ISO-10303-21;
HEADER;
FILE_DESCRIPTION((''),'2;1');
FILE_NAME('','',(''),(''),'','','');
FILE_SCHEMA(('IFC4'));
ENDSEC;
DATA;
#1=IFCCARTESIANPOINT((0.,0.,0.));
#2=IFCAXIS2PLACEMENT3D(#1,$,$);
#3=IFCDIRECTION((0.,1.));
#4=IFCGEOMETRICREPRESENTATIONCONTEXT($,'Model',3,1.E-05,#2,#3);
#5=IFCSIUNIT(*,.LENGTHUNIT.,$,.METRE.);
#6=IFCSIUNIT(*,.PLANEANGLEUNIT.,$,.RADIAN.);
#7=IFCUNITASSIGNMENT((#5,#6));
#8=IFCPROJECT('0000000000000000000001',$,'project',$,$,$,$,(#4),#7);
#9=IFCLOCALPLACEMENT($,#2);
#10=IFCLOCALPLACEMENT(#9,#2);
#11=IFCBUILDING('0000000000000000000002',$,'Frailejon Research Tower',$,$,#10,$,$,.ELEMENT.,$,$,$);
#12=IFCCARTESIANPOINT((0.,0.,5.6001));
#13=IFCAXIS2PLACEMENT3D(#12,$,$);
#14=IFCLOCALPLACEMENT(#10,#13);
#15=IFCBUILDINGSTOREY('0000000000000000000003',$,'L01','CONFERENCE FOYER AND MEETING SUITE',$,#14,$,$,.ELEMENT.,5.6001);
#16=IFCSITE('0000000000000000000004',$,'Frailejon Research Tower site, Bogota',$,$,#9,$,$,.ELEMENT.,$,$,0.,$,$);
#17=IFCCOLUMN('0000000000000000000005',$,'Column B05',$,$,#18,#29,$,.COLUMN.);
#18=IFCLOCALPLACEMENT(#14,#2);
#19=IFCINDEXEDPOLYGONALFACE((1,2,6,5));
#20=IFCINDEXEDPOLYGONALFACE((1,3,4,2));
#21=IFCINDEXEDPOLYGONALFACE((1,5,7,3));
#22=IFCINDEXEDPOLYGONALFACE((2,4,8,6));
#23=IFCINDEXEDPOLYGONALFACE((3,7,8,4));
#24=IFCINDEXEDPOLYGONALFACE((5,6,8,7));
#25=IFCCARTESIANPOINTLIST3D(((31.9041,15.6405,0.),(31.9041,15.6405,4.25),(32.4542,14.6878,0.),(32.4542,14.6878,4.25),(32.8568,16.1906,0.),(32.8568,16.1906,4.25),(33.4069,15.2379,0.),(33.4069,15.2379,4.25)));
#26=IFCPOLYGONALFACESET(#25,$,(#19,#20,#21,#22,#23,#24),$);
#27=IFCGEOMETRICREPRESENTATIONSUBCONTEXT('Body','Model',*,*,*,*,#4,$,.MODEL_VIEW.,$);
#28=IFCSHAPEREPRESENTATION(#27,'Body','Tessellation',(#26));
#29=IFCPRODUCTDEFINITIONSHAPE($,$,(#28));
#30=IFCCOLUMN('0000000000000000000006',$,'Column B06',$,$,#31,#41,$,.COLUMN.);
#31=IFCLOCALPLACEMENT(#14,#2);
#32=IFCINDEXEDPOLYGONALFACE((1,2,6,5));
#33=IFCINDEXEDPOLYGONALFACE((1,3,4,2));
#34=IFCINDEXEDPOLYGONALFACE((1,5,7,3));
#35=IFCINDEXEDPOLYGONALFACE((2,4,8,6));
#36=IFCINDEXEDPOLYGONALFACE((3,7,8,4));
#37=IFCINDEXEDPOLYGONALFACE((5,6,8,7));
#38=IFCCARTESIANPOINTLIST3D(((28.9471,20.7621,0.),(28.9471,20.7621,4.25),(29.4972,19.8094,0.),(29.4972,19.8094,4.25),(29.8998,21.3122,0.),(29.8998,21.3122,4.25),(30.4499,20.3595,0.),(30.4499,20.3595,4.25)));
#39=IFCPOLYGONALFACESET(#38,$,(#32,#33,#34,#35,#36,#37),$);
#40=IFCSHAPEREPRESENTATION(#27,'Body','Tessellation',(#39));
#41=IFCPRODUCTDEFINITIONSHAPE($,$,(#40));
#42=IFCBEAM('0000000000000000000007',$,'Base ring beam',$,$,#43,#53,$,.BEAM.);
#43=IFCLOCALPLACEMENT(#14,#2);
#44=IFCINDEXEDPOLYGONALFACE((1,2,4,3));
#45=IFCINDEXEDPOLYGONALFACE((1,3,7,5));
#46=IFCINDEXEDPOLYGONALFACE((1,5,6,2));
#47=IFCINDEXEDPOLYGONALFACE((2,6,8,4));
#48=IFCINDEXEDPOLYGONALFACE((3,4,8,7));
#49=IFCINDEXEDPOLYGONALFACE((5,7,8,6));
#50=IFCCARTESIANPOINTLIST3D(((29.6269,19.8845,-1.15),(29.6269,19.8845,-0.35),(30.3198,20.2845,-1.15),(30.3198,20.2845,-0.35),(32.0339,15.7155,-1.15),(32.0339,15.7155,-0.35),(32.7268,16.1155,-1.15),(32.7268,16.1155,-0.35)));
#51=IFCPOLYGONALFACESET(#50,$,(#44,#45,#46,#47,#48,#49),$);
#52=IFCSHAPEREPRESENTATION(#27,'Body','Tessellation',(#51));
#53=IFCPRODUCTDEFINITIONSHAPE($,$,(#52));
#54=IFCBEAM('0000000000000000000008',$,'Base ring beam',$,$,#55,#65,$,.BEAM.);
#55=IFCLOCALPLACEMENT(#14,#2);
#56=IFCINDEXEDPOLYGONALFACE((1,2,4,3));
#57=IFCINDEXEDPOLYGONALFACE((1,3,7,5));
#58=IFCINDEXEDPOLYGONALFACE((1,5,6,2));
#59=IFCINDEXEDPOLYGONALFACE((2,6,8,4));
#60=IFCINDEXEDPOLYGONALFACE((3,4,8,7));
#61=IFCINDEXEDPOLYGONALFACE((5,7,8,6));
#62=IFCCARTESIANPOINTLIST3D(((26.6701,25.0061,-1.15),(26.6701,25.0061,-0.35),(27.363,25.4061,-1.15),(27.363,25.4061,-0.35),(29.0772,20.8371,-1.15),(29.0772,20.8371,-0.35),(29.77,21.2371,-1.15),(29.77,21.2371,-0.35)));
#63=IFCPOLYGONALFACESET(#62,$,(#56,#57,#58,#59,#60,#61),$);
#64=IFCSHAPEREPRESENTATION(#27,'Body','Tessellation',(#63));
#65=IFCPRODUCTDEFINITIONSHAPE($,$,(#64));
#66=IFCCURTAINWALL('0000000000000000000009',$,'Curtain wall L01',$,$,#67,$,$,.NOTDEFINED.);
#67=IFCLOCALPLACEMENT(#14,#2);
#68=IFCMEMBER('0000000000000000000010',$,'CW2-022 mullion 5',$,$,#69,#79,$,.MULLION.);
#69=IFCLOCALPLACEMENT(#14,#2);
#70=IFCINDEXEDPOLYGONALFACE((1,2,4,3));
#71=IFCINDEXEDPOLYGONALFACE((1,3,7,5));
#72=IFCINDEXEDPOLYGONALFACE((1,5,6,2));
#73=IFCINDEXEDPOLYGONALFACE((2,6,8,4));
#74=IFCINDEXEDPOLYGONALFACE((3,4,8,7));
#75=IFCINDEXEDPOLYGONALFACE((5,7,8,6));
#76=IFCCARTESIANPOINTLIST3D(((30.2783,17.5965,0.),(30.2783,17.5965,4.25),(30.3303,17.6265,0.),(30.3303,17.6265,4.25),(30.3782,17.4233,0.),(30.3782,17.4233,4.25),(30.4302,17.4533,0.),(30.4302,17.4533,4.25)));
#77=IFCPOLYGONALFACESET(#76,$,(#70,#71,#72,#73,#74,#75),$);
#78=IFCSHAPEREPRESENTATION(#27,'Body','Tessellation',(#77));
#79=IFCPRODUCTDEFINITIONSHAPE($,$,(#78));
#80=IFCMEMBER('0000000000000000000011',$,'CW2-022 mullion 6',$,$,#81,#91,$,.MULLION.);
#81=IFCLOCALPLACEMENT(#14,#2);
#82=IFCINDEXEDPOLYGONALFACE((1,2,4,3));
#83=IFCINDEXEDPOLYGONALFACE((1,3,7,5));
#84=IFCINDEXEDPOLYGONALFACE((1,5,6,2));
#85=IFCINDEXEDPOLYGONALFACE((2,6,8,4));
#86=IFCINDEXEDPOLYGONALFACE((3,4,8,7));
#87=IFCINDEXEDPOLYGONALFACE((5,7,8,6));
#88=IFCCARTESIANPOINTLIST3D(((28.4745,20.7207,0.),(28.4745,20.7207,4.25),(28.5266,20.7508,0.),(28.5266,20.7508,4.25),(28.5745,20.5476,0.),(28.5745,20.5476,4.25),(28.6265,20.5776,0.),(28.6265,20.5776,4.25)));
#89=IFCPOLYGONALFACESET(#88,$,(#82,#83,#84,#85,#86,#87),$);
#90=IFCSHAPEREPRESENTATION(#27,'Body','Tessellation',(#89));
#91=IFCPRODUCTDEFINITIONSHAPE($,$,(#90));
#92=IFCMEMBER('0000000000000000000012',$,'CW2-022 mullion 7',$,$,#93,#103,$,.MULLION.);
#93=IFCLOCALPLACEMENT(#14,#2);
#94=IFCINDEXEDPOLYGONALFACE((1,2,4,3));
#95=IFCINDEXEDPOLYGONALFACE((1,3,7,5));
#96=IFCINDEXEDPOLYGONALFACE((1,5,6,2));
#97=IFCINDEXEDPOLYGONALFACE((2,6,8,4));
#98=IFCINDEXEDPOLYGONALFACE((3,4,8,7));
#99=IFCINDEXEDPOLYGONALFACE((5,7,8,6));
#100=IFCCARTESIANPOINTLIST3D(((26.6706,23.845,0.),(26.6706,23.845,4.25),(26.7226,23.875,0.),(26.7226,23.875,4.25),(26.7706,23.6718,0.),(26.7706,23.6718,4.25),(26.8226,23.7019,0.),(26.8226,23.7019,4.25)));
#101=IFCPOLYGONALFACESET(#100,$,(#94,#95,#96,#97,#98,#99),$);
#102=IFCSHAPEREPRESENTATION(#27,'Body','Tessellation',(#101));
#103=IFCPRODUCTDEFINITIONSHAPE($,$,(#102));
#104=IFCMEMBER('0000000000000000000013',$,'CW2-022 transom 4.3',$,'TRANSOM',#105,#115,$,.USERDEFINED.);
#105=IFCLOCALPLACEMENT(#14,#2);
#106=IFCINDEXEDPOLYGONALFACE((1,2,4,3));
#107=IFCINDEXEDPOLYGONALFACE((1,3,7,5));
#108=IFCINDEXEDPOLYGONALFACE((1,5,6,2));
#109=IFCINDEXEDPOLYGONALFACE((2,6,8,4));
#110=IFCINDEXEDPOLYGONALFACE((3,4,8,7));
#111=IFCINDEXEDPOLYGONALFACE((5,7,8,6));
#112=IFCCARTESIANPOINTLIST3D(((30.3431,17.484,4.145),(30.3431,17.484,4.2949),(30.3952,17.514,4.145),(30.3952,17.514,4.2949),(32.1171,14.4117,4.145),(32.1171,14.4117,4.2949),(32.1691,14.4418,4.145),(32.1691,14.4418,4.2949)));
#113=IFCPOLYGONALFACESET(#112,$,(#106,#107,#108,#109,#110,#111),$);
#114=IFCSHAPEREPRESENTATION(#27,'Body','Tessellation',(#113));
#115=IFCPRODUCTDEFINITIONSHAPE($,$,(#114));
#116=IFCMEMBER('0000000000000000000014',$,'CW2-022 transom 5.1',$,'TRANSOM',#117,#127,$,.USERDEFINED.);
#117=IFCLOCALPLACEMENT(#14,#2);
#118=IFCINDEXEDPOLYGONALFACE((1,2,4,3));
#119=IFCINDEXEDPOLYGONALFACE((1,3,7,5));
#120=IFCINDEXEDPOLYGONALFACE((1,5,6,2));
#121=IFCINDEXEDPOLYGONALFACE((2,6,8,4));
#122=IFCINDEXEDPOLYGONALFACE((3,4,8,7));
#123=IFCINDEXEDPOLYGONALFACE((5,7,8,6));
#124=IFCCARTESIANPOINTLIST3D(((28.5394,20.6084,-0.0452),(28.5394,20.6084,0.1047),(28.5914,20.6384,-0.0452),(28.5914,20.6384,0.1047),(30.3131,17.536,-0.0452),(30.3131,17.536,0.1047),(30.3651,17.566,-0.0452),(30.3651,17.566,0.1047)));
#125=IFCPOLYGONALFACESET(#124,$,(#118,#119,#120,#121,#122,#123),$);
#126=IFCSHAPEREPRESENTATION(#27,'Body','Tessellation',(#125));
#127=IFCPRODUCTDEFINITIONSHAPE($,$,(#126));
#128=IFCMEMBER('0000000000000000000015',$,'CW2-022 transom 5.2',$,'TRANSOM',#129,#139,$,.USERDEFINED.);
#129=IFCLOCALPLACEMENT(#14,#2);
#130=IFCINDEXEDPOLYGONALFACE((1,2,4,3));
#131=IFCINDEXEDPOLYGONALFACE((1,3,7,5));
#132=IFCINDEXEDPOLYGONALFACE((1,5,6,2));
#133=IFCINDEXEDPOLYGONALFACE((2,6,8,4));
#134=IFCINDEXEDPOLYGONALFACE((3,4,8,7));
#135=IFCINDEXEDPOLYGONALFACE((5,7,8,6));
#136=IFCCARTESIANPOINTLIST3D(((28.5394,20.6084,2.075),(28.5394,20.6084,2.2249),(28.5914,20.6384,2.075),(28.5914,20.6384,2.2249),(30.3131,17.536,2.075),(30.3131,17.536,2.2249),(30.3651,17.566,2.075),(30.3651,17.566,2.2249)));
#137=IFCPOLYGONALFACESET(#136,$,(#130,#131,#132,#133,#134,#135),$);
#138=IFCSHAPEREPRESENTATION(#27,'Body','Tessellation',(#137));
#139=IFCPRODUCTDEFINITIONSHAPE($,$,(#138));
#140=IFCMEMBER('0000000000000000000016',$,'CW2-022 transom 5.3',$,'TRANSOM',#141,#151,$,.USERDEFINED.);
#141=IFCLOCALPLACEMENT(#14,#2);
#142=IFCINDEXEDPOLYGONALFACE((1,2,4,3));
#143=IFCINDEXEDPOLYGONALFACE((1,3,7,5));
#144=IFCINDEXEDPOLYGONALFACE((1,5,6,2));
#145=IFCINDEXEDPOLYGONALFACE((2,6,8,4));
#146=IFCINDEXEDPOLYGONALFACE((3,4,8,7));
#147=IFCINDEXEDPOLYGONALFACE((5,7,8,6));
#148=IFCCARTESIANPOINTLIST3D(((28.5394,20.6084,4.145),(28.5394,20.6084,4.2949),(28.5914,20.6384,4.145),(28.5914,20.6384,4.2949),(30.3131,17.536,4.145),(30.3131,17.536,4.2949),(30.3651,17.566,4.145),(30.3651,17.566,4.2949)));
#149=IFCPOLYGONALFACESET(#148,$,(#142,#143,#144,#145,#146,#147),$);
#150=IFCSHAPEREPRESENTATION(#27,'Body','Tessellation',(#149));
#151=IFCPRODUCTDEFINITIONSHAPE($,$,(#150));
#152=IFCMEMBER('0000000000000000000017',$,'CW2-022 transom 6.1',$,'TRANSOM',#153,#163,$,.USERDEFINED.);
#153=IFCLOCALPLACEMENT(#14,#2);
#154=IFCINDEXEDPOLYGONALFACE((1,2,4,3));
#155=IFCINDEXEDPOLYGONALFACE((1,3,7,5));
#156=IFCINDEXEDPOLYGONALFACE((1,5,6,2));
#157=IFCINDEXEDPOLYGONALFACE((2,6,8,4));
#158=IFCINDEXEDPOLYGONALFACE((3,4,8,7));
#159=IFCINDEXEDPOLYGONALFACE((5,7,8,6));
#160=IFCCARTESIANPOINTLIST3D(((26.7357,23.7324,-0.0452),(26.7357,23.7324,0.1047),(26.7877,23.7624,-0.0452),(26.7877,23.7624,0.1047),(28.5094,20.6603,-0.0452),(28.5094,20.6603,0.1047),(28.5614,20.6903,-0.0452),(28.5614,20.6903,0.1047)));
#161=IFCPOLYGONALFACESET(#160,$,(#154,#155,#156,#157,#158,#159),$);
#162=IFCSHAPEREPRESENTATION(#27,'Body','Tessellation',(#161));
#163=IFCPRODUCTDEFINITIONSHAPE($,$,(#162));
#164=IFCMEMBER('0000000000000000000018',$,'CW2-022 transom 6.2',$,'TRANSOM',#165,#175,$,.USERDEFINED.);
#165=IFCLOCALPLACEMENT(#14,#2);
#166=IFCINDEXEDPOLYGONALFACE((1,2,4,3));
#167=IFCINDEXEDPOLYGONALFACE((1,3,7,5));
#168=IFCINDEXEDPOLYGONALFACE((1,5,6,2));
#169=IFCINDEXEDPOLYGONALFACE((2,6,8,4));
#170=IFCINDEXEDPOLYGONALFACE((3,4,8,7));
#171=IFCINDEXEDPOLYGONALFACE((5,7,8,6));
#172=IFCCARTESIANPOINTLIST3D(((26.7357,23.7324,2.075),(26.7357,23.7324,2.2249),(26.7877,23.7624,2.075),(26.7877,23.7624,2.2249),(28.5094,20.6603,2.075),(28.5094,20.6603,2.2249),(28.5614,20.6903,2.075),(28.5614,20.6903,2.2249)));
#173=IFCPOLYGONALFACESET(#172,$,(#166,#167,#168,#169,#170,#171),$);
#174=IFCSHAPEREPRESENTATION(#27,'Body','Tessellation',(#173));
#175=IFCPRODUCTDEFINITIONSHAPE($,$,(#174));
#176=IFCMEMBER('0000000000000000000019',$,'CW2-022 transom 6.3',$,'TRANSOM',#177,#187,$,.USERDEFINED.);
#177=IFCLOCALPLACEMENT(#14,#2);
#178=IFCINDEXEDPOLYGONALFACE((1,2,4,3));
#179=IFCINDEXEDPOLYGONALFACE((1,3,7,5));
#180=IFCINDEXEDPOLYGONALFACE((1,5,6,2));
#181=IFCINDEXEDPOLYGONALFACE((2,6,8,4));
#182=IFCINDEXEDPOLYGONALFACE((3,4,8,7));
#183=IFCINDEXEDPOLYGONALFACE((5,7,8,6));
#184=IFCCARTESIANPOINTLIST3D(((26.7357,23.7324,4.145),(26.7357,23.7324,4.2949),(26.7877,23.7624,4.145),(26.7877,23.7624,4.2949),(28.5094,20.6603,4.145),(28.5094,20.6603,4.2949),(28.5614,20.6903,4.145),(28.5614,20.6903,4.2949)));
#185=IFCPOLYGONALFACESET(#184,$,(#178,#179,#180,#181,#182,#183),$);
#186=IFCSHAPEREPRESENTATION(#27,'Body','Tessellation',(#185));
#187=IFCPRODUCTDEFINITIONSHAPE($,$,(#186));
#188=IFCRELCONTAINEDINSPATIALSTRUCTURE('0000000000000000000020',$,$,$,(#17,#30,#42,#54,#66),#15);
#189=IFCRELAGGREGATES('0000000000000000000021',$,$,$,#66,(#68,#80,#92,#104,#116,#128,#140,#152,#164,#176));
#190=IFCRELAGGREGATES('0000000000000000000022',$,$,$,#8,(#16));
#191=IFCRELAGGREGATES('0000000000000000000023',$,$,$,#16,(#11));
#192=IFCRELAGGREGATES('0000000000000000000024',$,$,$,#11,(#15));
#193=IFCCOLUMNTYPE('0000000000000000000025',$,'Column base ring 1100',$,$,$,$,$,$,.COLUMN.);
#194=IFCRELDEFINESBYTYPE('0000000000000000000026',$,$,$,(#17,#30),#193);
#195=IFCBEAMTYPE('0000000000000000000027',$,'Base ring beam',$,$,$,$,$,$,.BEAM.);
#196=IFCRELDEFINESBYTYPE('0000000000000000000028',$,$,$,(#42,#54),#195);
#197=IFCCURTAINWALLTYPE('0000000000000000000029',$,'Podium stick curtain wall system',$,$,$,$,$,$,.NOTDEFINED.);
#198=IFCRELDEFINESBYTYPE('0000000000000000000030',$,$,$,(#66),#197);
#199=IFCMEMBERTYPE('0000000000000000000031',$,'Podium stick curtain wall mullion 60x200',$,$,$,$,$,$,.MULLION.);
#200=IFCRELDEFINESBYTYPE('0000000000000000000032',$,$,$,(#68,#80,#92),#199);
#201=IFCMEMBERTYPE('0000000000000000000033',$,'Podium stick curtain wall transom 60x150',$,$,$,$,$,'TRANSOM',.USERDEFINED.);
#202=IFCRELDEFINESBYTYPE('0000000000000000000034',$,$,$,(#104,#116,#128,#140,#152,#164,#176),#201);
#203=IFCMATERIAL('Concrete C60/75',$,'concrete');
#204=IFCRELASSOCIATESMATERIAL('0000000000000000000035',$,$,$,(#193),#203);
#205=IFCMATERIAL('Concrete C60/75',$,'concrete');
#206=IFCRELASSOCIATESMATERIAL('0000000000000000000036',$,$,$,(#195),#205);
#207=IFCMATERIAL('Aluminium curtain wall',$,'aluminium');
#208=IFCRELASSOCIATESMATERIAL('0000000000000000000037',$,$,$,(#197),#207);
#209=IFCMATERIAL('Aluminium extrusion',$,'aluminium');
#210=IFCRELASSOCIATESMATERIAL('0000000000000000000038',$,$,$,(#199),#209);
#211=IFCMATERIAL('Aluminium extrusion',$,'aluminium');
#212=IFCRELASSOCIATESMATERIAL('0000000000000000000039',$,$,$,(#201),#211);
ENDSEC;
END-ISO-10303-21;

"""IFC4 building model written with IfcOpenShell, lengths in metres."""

from ifc_helpers import new_model, si_unit, direction, frame, origin, origin_2d, place, context, subcontext, project, spatial, rectangle, extrude, material, material_profile, profile_set, type_object, element, aggregate, save


model = new_model("IFC4")

# Units and contexts
model_context = context("Model", 3, precision=1e-05, world=origin(), true_north=direction((0.0, 1.0)))
body_context = subcontext(model_context, "Body", "Model", "MODEL_VIEW")
ifc_project = project(units=[si_unit("LENGTHUNIT", "METRE"), si_unit("PLANEANGLEUNIT", "RADIAN")], contexts=[model_context])

# Site, building, storey
site_placement = place(None, origin())
site = spatial("IfcSite", under=ifc_project, at=site_placement, Name="Frailejon Research Tower site, Bogota", CompositionType="ELEMENT", RefElevation=0.0)
building_placement = place(site_placement, origin())
building = spatial("IfcBuilding", under=site, at=building_placement, Name="Frailejon Research Tower", CompositionType="ELEMENT")
storey_placement = place(building_placement, frame((0.0, 0.0, 5.6001)))
storey = spatial("IfcBuildingStorey", under=building, at=storey_placement, Name="L01", Description="CONFERENCE FOYER AND MEETING SUITE", CompositionType="ELEMENT", Elevation=5.6001)

# Columns
ifc_material_1 = material(Name="Concrete C60/75", Category="concrete")
ifc_material_profile_1 = material_profile(ifc_material_1, rectangle(XDim=1.1001, YDim=1.1001, at=origin_2d()), Name="Column base ring 1100")
ifc_profile_set_1 = profile_set([ifc_material_profile_1], Name="Concrete C60/75")
column_type = type_object("IfcColumnType", Name="Column base ring 1100", PredefinedType="COLUMN", material=ifc_profile_set_1)
for number, where, z_axis, x_axis, name in (
    (1, (32.6555, 15.4392, 0.0), (0.0, 0.0, 1.0), (-0.5, 0.866025, 0.0), "Column B05"),
    (2, (29.6985, 20.5608, 0.0), (0.0, 0.0, 1.0), (-0.5, 0.866025, 0.0), "Column B06"),
):
    element("IfcColumn", number, at=place(storey_placement, frame(where, z_axis=z_axis, x_axis=x_axis)), inside=storey, type_object=column_type, Name=name, PredefinedType="COLUMN", context=body_context, shape_type="SweptSolid", body=[
        extrude(rectangle(XDim=1.1001, YDim=1.1001, at=origin_2d()), origin(), (0.0, 0.0, 1.0), 4.25),
    ])

# Beams
ifc_material_2 = material(Name="Concrete C60/75", Category="concrete")
ifc_material_profile_2 = material_profile(ifc_material_2, rectangle(XDim=0.8, YDim=0.8, at=origin_2d()), Name="Base ring beam")
ifc_profile_set_2 = profile_set([ifc_material_profile_2], Name="Concrete C60/75")
beam_type = type_object("IfcBeamType", Name="Base ring beam", PredefinedType="BEAM", material=ifc_profile_set_2)
for number, where, z_axis, x_axis, name in (
    (3, (32.3804, 15.9155, -0.75), (-0.500006, 0.866022, 0.0), (-0.866022, -0.500006, 0.0), "Base ring beam"),
    (4, (29.4236, 21.0371, -0.75), (-0.500006, 0.866022, 0.0), (-0.866022, -0.500006, 0.0), "Base ring beam"),
):
    element("IfcBeam", number, at=place(storey_placement, frame(where, z_axis=z_axis, x_axis=x_axis)), inside=storey, type_object=beam_type, Name=name, PredefinedType="BEAM", context=body_context, shape_type="SweptSolid", body=[
        extrude(rectangle(XDim=0.8, YDim=0.8, at=origin_2d()), origin(), (0.0, 0.0, 1.0), 4.814),
    ])

# Curtain wall, members
ifc_material_3 = material(Name="Aluminium curtain wall", Category="aluminium")
curtain_wall_type = type_object("IfcCurtainWallType", Name="Podium stick curtain wall system", PredefinedType="NOTDEFINED", material=ifc_material_3)
curtain_wall_placement = place(storey_placement, origin())
curtain_wall = element("IfcCurtainWall", 5, at=curtain_wall_placement, inside=storey, type_object=curtain_wall_type, Name="Curtain wall L01", PredefinedType="NOTDEFINED")
ifc_material_4 = material(Name="Aluminium extrusion", Category="aluminium")
ifc_material_profile_3 = material_profile(ifc_material_4, rectangle(XDim=0.0601, YDim=0.2, at=origin_2d()), Name="Podium stick curtain wall mullion 60x200")
ifc_profile_set_3 = profile_set([ifc_material_profile_3], Name="Aluminium extrusion")
member_type_1 = type_object("IfcMemberType", Name="Podium stick curtain wall mullion 60x200", PredefinedType="MULLION", material=ifc_profile_set_3)
member_1_placement = place(storey_placement, frame((30.3542, 17.5249, 0.0), z_axis=(0.0, 0.0, 1.0), x_axis=(-0.866026, -0.499998, 0.0)))
member_1 = element("IfcMember", 6, at=member_1_placement, type_object=member_type_1, Name="CW2-022 mullion 5", PredefinedType="MULLION", context=body_context, shape_type="SweptSolid", body=[
    extrude(rectangle(XDim=0.0601, YDim=0.2, at=origin_2d()), origin(), (0.0, 0.0, 1.0), 4.25),
])
member_2_placement = place(storey_placement, frame((28.5505, 20.6492, 0.0), z_axis=(0.0, 0.0, 1.0), x_axis=(-0.866026, -0.499998, 0.0)))
member_2 = element("IfcMember", 7, at=member_2_placement, type_object=member_type_1, Name="CW2-022 mullion 6", PredefinedType="MULLION", context=body_context, shape_type="SweptSolid", body=[
    extrude(rectangle(XDim=0.0601, YDim=0.2, at=origin_2d()), origin(), (0.0, 0.0, 1.0), 4.25),
])
member_3_placement = place(storey_placement, frame((26.7466, 23.7734, 0.0), z_axis=(0.0, 0.0, 1.0), x_axis=(-0.866026, -0.499998, 0.0)))
member_3 = element("IfcMember", 8, at=member_3_placement, type_object=member_type_1, Name="CW2-022 mullion 7", PredefinedType="MULLION", context=body_context, shape_type="SweptSolid", body=[
    extrude(rectangle(XDim=0.0601, YDim=0.2, at=origin_2d()), origin(), (0.0, 0.0, 1.0), 4.25),
])
ifc_material_5 = material(Name="Aluminium extrusion", Category="aluminium")
ifc_material_profile_4 = material_profile(ifc_material_5, rectangle(XDim=0.0601, YDim=0.1499, at=origin_2d()), Name="Podium stick curtain wall transom 60x150")
ifc_profile_set_4 = profile_set([ifc_material_profile_4], Name="Aluminium extrusion")
member_type_2 = type_object("IfcMemberType", Name="Podium stick curtain wall transom 60x150", ElementType="TRANSOM", PredefinedType="USERDEFINED", material=ifc_profile_set_4)
member_4_placement = place(storey_placement, frame((32.1431, 14.4268, 4.22), z_axis=(-0.500032, 0.866007, 0.0), x_axis=(-0.866007, -0.500032, 0.0)))
member_4 = element("IfcMember", 9, at=member_4_placement, type_object=member_type_2, Name="CW2-022 transom 4.3", ObjectType="TRANSOM", PredefinedType="USERDEFINED", context=body_context, shape_type="SweptSolid", body=[
    extrude(rectangle(XDim=0.0601, YDim=0.1499, at=origin_2d()), origin(), (0.0, 0.0, 1.0), 3.5476),
])
member_5_placement = place(storey_placement, frame((30.3391, 17.551, 0.0298), z_axis=(-0.499981, 0.866037, 0.0), x_axis=(-0.866037, -0.499981, 0.0)))
member_5 = element("IfcMember", 10, at=member_5_placement, type_object=member_type_2, Name="CW2-022 transom 5.1", ObjectType="TRANSOM", PredefinedType="USERDEFINED", context=body_context, shape_type="SweptSolid", body=[
    extrude(rectangle(XDim=0.0601, YDim=0.1499, at=origin_2d()), origin(), (0.0, 0.0, 1.0), 3.5476),
])
member_6_placement = place(storey_placement, frame((30.3391, 17.551, 2.1499), z_axis=(-0.499981, 0.866037, 0.0), x_axis=(-0.866037, -0.499981, 0.0)))
member_6 = element("IfcMember", 11, at=member_6_placement, type_object=member_type_2, Name="CW2-022 transom 5.2", ObjectType="TRANSOM", PredefinedType="USERDEFINED", context=body_context, shape_type="SweptSolid", body=[
    extrude(rectangle(XDim=0.0601, YDim=0.1499, at=origin_2d()), origin(), (0.0, 0.0, 1.0), 3.5476),
])
member_7_placement = place(storey_placement, frame((30.3391, 17.551, 4.22), z_axis=(-0.499981, 0.866037, 0.0), x_axis=(-0.866037, -0.499981, 0.0)))
member_7 = element("IfcMember", 12, at=member_7_placement, type_object=member_type_2, Name="CW2-022 transom 5.3", ObjectType="TRANSOM", PredefinedType="USERDEFINED", context=body_context, shape_type="SweptSolid", body=[
    extrude(rectangle(XDim=0.0601, YDim=0.1499, at=origin_2d()), origin(), (0.0, 0.0, 1.0), 3.5476),
])
member_8_placement = place(storey_placement, frame((28.5354, 20.6753, 0.0298), z_axis=(-0.50001, 0.866019, 0.0), x_axis=(-0.866019, -0.50001, 0.0)))
member_8 = element("IfcMember", 13, at=member_8_placement, type_object=member_type_2, Name="CW2-022 transom 6.1", ObjectType="TRANSOM", PredefinedType="USERDEFINED", context=body_context, shape_type="SweptSolid", body=[
    extrude(rectangle(XDim=0.0601, YDim=0.1499, at=origin_2d()), origin(), (0.0, 0.0, 1.0), 3.5474),
])
member_9_placement = place(storey_placement, frame((28.5354, 20.6753, 2.1499), z_axis=(-0.50001, 0.866019, 0.0), x_axis=(-0.866019, -0.50001, 0.0)))
member_9 = element("IfcMember", 14, at=member_9_placement, type_object=member_type_2, Name="CW2-022 transom 6.2", ObjectType="TRANSOM", PredefinedType="USERDEFINED", context=body_context, shape_type="SweptSolid", body=[
    extrude(rectangle(XDim=0.0601, YDim=0.1499, at=origin_2d()), origin(), (0.0, 0.0, 1.0), 3.5474),
])
member_10_placement = place(storey_placement, frame((28.5354, 20.6753, 4.22), z_axis=(-0.50001, 0.866019, 0.0), x_axis=(-0.866019, -0.50001, 0.0)))
member_10 = element("IfcMember", 15, at=member_10_placement, type_object=member_type_2, Name="CW2-022 transom 6.3", ObjectType="TRANSOM", PredefinedType="USERDEFINED", context=body_context, shape_type="SweptSolid", body=[
    extrude(rectangle(XDim=0.0601, YDim=0.1499, at=origin_2d()), origin(), (0.0, 0.0, 1.0), 3.5474),
])
aggregate(curtain_wall, [member_1, member_2, member_3, member_4, member_5, member_6, member_7, member_8, member_9, member_10])

save(model, "model.ifc")
